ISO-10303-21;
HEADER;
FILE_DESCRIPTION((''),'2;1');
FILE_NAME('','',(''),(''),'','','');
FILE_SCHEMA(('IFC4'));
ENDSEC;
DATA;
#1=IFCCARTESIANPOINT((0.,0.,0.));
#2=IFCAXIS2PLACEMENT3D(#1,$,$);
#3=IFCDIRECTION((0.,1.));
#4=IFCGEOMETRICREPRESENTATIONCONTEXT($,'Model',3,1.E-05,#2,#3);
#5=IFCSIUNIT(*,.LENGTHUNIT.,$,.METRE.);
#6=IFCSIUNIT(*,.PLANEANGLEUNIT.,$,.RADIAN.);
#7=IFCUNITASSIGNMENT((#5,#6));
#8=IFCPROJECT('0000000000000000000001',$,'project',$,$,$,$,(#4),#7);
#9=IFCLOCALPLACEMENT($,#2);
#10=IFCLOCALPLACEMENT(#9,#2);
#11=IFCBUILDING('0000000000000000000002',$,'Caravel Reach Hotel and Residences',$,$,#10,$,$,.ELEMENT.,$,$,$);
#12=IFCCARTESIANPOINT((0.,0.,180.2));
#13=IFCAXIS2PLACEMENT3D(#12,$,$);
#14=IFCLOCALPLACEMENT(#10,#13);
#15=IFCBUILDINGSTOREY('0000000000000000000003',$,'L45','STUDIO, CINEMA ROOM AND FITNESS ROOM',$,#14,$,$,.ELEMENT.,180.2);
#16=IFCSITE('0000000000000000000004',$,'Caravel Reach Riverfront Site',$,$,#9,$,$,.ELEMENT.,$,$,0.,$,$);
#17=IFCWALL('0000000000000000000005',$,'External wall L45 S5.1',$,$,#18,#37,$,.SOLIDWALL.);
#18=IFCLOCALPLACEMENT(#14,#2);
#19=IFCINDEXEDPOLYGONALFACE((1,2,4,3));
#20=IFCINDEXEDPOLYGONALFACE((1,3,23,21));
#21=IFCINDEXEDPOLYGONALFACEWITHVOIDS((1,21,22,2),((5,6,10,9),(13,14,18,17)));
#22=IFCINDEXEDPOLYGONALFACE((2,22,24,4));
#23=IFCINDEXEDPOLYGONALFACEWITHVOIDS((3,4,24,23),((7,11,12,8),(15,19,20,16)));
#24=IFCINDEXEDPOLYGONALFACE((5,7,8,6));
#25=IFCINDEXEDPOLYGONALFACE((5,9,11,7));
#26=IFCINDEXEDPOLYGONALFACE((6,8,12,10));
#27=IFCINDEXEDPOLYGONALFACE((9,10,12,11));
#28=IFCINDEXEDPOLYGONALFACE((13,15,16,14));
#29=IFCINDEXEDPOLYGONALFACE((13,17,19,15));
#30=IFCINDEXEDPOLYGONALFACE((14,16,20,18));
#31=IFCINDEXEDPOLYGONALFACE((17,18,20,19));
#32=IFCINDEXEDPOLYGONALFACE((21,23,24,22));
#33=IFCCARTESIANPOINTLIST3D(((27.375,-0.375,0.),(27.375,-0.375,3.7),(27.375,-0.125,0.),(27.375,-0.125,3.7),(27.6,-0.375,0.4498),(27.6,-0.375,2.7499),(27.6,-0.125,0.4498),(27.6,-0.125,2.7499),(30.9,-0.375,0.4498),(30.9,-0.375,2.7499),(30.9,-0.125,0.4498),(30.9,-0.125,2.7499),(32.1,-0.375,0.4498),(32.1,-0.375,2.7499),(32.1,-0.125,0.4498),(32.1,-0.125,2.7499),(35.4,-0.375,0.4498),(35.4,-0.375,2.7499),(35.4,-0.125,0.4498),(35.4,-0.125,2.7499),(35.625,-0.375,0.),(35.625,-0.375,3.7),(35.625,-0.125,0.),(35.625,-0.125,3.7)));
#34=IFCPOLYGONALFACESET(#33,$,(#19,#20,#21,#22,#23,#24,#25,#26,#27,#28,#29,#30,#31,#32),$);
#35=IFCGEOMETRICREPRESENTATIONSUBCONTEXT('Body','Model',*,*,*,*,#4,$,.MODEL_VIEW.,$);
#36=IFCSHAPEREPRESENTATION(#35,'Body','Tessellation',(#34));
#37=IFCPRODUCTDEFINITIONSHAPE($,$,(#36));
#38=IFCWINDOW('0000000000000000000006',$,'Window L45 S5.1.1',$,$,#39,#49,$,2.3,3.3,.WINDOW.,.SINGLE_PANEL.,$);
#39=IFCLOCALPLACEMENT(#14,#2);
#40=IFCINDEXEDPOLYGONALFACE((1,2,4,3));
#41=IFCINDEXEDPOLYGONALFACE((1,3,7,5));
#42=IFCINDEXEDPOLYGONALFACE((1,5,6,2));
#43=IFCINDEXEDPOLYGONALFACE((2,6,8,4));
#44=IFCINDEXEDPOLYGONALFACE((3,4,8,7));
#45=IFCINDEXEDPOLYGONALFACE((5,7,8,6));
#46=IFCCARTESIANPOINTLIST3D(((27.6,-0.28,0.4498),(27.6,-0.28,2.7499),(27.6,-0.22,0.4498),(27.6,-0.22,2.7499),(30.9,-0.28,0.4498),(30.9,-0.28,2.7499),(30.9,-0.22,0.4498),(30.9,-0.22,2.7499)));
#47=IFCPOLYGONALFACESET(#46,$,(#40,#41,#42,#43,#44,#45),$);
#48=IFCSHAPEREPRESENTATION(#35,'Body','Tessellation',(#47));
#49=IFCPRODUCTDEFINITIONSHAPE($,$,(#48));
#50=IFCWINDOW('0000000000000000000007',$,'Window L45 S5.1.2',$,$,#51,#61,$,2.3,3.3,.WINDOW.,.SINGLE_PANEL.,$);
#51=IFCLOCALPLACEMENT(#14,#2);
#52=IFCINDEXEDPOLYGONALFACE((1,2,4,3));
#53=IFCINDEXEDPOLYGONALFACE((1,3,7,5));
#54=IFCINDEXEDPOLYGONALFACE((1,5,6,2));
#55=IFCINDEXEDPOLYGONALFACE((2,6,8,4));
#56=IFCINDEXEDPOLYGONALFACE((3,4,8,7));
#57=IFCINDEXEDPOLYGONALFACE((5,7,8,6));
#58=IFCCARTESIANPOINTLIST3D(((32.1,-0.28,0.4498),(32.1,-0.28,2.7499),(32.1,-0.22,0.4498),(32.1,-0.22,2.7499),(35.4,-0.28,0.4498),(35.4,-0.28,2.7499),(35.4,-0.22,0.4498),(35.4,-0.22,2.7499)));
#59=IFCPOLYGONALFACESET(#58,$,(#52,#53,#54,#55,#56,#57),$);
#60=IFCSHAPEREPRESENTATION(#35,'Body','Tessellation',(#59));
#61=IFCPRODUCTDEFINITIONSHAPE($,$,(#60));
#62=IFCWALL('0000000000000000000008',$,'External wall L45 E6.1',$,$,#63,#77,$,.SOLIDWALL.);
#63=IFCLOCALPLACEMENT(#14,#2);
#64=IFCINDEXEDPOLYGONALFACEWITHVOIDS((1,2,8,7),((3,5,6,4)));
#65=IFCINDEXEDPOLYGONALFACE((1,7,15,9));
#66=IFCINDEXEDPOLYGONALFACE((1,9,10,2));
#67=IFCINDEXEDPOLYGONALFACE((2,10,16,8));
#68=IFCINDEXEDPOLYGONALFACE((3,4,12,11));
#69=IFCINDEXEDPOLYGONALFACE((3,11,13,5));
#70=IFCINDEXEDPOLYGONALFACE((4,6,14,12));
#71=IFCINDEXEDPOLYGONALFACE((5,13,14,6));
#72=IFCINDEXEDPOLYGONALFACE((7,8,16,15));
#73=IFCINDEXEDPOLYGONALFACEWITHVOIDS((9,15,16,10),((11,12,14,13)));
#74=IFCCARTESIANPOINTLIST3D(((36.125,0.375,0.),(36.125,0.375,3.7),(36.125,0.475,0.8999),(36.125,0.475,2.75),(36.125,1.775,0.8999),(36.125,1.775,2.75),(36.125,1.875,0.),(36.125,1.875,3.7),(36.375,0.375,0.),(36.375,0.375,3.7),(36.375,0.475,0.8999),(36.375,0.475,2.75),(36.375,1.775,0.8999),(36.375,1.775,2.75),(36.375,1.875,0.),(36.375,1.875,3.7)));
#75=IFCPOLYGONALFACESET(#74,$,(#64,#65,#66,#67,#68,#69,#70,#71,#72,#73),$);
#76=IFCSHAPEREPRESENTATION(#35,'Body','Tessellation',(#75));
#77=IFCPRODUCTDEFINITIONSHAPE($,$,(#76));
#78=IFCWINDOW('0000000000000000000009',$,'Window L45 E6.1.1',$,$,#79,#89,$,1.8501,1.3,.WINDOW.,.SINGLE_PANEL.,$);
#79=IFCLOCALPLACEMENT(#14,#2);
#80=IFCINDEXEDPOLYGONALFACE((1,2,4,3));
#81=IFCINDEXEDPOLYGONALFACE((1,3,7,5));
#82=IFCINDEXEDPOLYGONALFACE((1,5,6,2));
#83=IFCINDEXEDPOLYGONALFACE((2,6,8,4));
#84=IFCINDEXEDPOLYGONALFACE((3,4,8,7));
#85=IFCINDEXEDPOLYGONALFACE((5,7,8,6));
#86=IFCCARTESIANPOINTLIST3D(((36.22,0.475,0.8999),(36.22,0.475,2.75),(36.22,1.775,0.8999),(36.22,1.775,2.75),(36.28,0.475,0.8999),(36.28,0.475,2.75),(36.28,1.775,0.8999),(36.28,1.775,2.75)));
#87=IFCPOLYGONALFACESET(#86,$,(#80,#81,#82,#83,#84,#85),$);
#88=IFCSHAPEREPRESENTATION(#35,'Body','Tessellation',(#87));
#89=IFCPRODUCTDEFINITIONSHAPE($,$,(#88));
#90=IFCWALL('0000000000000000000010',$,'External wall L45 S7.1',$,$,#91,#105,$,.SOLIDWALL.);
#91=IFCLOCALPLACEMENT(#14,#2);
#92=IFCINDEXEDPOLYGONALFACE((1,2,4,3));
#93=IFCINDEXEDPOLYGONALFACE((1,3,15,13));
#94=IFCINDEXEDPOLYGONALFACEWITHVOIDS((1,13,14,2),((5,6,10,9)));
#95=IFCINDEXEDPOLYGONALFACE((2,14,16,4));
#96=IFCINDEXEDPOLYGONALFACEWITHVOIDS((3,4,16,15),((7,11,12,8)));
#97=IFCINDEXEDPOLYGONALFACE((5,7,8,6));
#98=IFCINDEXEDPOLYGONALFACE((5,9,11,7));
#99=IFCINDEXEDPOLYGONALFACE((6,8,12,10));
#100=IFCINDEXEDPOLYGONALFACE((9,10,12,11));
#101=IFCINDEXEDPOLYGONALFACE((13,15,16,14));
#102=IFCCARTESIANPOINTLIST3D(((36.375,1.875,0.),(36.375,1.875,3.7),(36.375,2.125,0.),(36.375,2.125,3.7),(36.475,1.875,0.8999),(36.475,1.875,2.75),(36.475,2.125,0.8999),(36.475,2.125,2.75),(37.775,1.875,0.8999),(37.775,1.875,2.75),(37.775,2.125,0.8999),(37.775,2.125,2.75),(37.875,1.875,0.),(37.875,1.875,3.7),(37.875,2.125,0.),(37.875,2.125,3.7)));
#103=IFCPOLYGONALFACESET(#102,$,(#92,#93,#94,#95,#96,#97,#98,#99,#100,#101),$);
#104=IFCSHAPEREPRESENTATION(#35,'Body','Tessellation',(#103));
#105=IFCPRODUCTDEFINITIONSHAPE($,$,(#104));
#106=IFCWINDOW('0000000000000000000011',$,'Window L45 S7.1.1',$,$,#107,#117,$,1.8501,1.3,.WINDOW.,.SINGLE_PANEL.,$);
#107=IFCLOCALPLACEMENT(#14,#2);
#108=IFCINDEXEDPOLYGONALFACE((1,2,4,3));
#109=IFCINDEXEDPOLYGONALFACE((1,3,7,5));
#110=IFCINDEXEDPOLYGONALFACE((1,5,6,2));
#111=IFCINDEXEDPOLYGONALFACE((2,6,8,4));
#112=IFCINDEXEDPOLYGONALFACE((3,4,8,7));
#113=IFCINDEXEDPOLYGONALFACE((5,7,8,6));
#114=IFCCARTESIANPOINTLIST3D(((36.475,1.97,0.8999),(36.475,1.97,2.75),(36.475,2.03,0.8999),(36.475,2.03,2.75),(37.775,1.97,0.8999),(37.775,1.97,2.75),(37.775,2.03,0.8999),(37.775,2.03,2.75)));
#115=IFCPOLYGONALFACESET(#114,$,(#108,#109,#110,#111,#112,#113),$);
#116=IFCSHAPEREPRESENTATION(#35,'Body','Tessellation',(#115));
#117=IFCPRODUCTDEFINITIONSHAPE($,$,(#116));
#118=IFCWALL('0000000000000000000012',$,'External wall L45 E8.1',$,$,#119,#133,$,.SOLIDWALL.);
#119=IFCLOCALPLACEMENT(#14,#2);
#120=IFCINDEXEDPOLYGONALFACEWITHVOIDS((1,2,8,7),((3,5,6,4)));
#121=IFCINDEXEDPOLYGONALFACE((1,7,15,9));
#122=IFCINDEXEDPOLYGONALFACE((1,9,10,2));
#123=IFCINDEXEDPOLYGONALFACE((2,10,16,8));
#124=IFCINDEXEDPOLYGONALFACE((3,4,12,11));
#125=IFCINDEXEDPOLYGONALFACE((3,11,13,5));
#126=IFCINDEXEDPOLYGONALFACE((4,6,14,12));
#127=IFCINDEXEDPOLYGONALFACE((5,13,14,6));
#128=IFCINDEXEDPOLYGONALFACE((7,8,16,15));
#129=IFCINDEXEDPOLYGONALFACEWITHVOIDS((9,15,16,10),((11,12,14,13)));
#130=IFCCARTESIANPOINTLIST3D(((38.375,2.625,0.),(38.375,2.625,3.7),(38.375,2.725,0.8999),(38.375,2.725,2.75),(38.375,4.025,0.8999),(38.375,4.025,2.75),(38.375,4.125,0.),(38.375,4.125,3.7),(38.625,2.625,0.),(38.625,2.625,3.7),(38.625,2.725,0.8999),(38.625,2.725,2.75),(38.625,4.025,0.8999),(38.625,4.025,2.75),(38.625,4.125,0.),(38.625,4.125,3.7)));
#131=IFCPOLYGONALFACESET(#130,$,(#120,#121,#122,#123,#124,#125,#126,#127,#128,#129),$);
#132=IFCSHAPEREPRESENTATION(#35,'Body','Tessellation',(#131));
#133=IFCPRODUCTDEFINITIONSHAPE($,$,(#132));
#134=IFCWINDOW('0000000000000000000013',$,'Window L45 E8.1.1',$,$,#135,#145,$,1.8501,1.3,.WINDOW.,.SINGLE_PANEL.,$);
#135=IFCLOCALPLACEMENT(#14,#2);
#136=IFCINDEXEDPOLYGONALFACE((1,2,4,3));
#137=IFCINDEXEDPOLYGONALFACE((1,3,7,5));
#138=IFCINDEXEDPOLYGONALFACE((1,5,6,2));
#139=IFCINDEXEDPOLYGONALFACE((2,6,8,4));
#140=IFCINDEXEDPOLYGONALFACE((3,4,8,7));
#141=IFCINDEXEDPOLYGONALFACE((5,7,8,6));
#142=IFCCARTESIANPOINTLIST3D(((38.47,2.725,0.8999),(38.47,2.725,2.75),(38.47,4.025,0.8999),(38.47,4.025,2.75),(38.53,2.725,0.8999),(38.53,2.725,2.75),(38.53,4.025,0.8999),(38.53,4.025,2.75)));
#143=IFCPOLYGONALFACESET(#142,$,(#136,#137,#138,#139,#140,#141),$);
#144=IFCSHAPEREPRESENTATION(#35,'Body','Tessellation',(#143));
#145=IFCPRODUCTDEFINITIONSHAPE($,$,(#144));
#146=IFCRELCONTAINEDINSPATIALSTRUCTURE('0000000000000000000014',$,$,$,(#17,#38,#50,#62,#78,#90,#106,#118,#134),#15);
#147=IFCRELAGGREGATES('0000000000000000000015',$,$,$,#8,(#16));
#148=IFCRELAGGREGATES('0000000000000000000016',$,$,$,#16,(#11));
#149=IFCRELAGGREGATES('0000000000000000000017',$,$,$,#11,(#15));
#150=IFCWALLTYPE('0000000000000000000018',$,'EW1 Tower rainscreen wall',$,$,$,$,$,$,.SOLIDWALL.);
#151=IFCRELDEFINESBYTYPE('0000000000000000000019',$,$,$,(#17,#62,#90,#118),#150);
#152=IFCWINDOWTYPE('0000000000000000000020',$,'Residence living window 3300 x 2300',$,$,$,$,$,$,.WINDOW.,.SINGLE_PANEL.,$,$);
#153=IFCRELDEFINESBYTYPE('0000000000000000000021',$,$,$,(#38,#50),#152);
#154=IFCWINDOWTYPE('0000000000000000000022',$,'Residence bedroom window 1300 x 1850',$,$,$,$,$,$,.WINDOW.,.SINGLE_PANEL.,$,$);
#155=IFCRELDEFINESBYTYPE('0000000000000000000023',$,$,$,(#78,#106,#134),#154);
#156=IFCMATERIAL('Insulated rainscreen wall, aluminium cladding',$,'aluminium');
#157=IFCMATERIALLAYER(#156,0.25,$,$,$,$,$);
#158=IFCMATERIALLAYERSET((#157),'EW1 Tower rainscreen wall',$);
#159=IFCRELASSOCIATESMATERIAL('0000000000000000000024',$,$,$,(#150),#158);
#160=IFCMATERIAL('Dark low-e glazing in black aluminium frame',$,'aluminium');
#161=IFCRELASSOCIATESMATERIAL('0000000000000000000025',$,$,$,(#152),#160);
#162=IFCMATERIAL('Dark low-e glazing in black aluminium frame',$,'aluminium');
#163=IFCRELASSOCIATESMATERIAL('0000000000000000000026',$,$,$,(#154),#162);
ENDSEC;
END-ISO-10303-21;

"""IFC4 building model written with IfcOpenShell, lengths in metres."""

from ifc_helpers import new_model, si_unit, direction, frame, frame_2d, origin, place, context, subcontext, project, spatial, rectangle, extrude, material, layer, layer_set, type_object, element, fill, save


model = new_model("IFC4")

# Units and contexts
model_context = context("Model", 3, precision=1e-05, world=origin(), true_north=direction((0.0, 1.0)))
body_context = subcontext(model_context, "Body", "Model", "MODEL_VIEW")
ifc_project = project(units=[si_unit("LENGTHUNIT", "METRE"), si_unit("PLANEANGLEUNIT", "RADIAN")], contexts=[model_context])

# Site, building, storey
site_placement = place(None, origin())
site = spatial("IfcSite", under=ifc_project, at=site_placement, Name="Caravel Reach Riverfront Site", CompositionType="ELEMENT", RefElevation=0.0)
building_placement = place(site_placement, origin())
building = spatial("IfcBuilding", under=site, at=building_placement, Name="Caravel Reach Hotel and Residences", CompositionType="ELEMENT")
storey_placement = place(building_placement, frame((0.0, 0.0, 180.2)))
storey = spatial("IfcBuildingStorey", under=building, at=storey_placement, Name="L45", Description="STUDIO, CINEMA ROOM AND FITNESS ROOM", CompositionType="ELEMENT", Elevation=180.2)

# Wall, openings, windows
ifc_material_1 = material(Name="Insulated rainscreen wall, aluminium cladding", Category="aluminium")
ifc_layer_1 = layer(ifc_material_1, 0.25)
ifc_layer_set_1 = layer_set([ifc_layer_1], Name="EW1 Tower rainscreen wall")
wall_type_1 = type_object("IfcWallType", Name="EW1 Tower rainscreen wall", PredefinedType="SOLIDWALL", material=ifc_layer_set_1)
wall_1_placement = place(storey_placement, frame((27.375, -0.25, 0.0), z_axis=(0.0, 0.0, 1.0), x_axis=(1.0, 0.0, 0.0)))
wall_1 = element("IfcWall", 1, at=wall_1_placement, inside=storey, type_object=wall_type_1, Name="External wall L45 S5.1", PredefinedType="SOLIDWALL", context=body_context, shape_type="SweptSolid", body=[
    extrude(rectangle(XDim=8.25, YDim=0.25, at=frame_2d((4.125, 0.0))), origin(), (0.0, 0.0, 1.0), 3.7),
])
opening_1_placement = place(wall_1_placement, frame((0.2251, 0.0, 0.45)))
opening_1 = element("IfcOpeningElement", 2, at=opening_1_placement, cuts=wall_1, PredefinedType="OPENING", context=body_context, shape_type="SweptSolid", body=[
    extrude(rectangle(XDim=3.3, YDim=2.3, at=frame_2d((1.6499, 1.1499))), frame((0.0, 0.135, 0.0), z_axis=(0.0, -1.0, 0.0), x_axis=(1.0, 0.0, 0.0)), (0.0, 0.0, 1.0), 0.27),
])
opening_2_placement = place(wall_1_placement, frame((4.7251, 0.0, 0.45)))
opening_2 = element("IfcOpeningElement", 3, at=opening_2_placement, cuts=wall_1, PredefinedType="OPENING", context=body_context, shape_type="SweptSolid", body=[
    extrude(rectangle(XDim=3.3, YDim=2.3, at=frame_2d((1.6499, 1.1499))), frame((0.0, 0.135, 0.0), z_axis=(0.0, -1.0, 0.0), x_axis=(1.0, 0.0, 0.0)), (0.0, 0.0, 1.0), 0.27),
])
ifc_material_2 = material(Name="Dark low-e glazing in black aluminium frame", Category="aluminium")
window_type_1 = type_object("IfcWindowType", Name="Residence living window 3300 x 2300", PartitioningType="SINGLE_PANEL", PredefinedType="WINDOW", material=ifc_material_2)
window_1_placement = place(opening_1_placement, origin())
window_1 = element("IfcWindow", 4, at=window_1_placement, inside=storey, type_object=window_type_1, Name="Window L45 S5.1.1", OverallHeight=2.3, OverallWidth=3.3, PartitioningType="SINGLE_PANEL", PredefinedType="WINDOW", context=body_context, shape_type="SweptSolid", body=[
    extrude(rectangle(XDim=3.3, YDim=2.3, at=frame_2d((1.6499, 1.1499))), frame((0.0, 0.03, 0.0), z_axis=(0.0, -1.0, 0.0), x_axis=(1.0, 0.0, 0.0)), (0.0, 0.0, 1.0), 0.0601),
])
fill(opening_1, window_1)
window_2_placement = place(opening_2_placement, origin())
window_2 = element("IfcWindow", 5, at=window_2_placement, inside=storey, type_object=window_type_1, Name="Window L45 S5.1.2", OverallHeight=2.3, OverallWidth=3.3, PartitioningType="SINGLE_PANEL", PredefinedType="WINDOW", context=body_context, shape_type="SweptSolid", body=[
    extrude(rectangle(XDim=3.3, YDim=2.3, at=frame_2d((1.6499, 1.1499))), frame((0.0, 0.03, 0.0), z_axis=(0.0, -1.0, 0.0), x_axis=(1.0, 0.0, 0.0)), (0.0, 0.0, 1.0), 0.0601),
])
fill(opening_2, window_2)

# Walls, openings, windows
wall_2_placement = place(storey_placement, frame((36.25, 0.375, 0.0), z_axis=(0.0, 0.0, 1.0), x_axis=(0.0, 1.0, 0.0)))
wall_2 = element("IfcWall", 6, at=wall_2_placement, inside=storey, type_object=wall_type_1, Name="External wall L45 E6.1", PredefinedType="SOLIDWALL", context=body_context, shape_type="SweptSolid", body=[
    extrude(rectangle(XDim=1.5, YDim=0.25, at=frame_2d((0.75, 0.0))), origin(), (0.0, 0.0, 1.0), 3.7),
])
opening_3_placement = place(wall_2_placement, frame((0.1001, 0.0, 0.8999)))
opening_3 = element("IfcOpeningElement", 7, at=opening_3_placement, cuts=wall_2, PredefinedType="OPENING", context=body_context, shape_type="SweptSolid", body=[
    extrude(rectangle(XDim=1.3, YDim=1.8501, at=frame_2d((0.6499, 0.925))), frame((0.0, 0.135, 0.0), z_axis=(0.0, -1.0, 0.0), x_axis=(1.0, 0.0, 0.0)), (0.0, 0.0, 1.0), 0.27),
])
ifc_material_3 = material(Name="Dark low-e glazing in black aluminium frame", Category="aluminium")
window_type_2 = type_object("IfcWindowType", Name="Residence bedroom window 1300 x 1850", PartitioningType="SINGLE_PANEL", PredefinedType="WINDOW", material=ifc_material_3)
window_3_placement = place(opening_3_placement, origin())
window_3 = element("IfcWindow", 8, at=window_3_placement, inside=storey, type_object=window_type_2, Name="Window L45 E6.1.1", OverallHeight=1.8501, OverallWidth=1.3, PartitioningType="SINGLE_PANEL", PredefinedType="WINDOW", context=body_context, shape_type="SweptSolid", body=[
    extrude(rectangle(XDim=1.3, YDim=1.8501, at=frame_2d((0.6499, 0.925))), frame((0.0, 0.03, 0.0), z_axis=(0.0, -1.0, 0.0), x_axis=(1.0, 0.0, 0.0)), (0.0, 0.0, 1.0), 0.0601),
])
fill(opening_3, window_3)
wall_3_placement = place(storey_placement, frame((36.375, 2.0, 0.0), z_axis=(0.0, 0.0, 1.0), x_axis=(1.0, 0.0, 0.0)))
wall_3 = element("IfcWall", 9, at=wall_3_placement, inside=storey, type_object=wall_type_1, Name="External wall L45 S7.1", PredefinedType="SOLIDWALL", context=body_context, shape_type="SweptSolid", body=[
    extrude(rectangle(XDim=1.5, YDim=0.25, at=frame_2d((0.75, 0.0))), origin(), (0.0, 0.0, 1.0), 3.7),
])
opening_4_placement = place(wall_3_placement, frame((0.1001, 0.0, 0.8999)))
opening_4 = element("IfcOpeningElement", 10, at=opening_4_placement, cuts=wall_3, PredefinedType="OPENING", context=body_context, shape_type="SweptSolid", body=[
    extrude(rectangle(XDim=1.3, YDim=1.8501, at=frame_2d((0.6499, 0.925))), frame((0.0, 0.135, 0.0), z_axis=(0.0, -1.0, 0.0), x_axis=(1.0, 0.0, 0.0)), (0.0, 0.0, 1.0), 0.27),
])
window_4_placement = place(opening_4_placement, origin())
window_4 = element("IfcWindow", 11, at=window_4_placement, inside=storey, type_object=window_type_2, Name="Window L45 S7.1.1", OverallHeight=1.8501, OverallWidth=1.3, PartitioningType="SINGLE_PANEL", PredefinedType="WINDOW", context=body_context, shape_type="SweptSolid", body=[
    extrude(rectangle(XDim=1.3, YDim=1.8501, at=frame_2d((0.6499, 0.925))), frame((0.0, 0.03, 0.0), z_axis=(0.0, -1.0, 0.0), x_axis=(1.0, 0.0, 0.0)), (0.0, 0.0, 1.0), 0.0601),
])
fill(opening_4, window_4)
wall_4_placement = place(storey_placement, frame((38.5, 2.625, 0.0), z_axis=(0.0, 0.0, 1.0), x_axis=(0.0, 1.0, 0.0)))
wall_4 = element("IfcWall", 12, at=wall_4_placement, inside=storey, type_object=wall_type_1, Name="External wall L45 E8.1", PredefinedType="SOLIDWALL", context=body_context, shape_type="SweptSolid", body=[
    extrude(rectangle(XDim=1.5, YDim=0.25, at=frame_2d((0.75, 0.0))), origin(), (0.0, 0.0, 1.0), 3.7),
])
opening_5_placement = place(wall_4_placement, frame((0.1001, 0.0, 0.8999)))
opening_5 = element("IfcOpeningElement", 13, at=opening_5_placement, cuts=wall_4, PredefinedType="OPENING", context=body_context, shape_type="SweptSolid", body=[
    extrude(rectangle(XDim=1.3, YDim=1.8501, at=frame_2d((0.6499, 0.925))), frame((0.0, 0.135, 0.0), z_axis=(0.0, -1.0, 0.0), x_axis=(1.0, 0.0, 0.0)), (0.0, 0.0, 1.0), 0.27),
])
window_5_placement = place(opening_5_placement, origin())
window_5 = element("IfcWindow", 14, at=window_5_placement, inside=storey, type_object=window_type_2, Name="Window L45 E8.1.1", OverallHeight=1.8501, OverallWidth=1.3, PartitioningType="SINGLE_PANEL", PredefinedType="WINDOW", context=body_context, shape_type="SweptSolid", body=[
    extrude(rectangle(XDim=1.3, YDim=1.8501, at=frame_2d((0.6499, 0.925))), frame((0.0, 0.03, 0.0), z_axis=(0.0, -1.0, 0.0), x_axis=(1.0, 0.0, 0.0)), (0.0, 0.0, 1.0), 0.0601),
])
fill(opening_5, window_5)

save(model, "model.ifc")
